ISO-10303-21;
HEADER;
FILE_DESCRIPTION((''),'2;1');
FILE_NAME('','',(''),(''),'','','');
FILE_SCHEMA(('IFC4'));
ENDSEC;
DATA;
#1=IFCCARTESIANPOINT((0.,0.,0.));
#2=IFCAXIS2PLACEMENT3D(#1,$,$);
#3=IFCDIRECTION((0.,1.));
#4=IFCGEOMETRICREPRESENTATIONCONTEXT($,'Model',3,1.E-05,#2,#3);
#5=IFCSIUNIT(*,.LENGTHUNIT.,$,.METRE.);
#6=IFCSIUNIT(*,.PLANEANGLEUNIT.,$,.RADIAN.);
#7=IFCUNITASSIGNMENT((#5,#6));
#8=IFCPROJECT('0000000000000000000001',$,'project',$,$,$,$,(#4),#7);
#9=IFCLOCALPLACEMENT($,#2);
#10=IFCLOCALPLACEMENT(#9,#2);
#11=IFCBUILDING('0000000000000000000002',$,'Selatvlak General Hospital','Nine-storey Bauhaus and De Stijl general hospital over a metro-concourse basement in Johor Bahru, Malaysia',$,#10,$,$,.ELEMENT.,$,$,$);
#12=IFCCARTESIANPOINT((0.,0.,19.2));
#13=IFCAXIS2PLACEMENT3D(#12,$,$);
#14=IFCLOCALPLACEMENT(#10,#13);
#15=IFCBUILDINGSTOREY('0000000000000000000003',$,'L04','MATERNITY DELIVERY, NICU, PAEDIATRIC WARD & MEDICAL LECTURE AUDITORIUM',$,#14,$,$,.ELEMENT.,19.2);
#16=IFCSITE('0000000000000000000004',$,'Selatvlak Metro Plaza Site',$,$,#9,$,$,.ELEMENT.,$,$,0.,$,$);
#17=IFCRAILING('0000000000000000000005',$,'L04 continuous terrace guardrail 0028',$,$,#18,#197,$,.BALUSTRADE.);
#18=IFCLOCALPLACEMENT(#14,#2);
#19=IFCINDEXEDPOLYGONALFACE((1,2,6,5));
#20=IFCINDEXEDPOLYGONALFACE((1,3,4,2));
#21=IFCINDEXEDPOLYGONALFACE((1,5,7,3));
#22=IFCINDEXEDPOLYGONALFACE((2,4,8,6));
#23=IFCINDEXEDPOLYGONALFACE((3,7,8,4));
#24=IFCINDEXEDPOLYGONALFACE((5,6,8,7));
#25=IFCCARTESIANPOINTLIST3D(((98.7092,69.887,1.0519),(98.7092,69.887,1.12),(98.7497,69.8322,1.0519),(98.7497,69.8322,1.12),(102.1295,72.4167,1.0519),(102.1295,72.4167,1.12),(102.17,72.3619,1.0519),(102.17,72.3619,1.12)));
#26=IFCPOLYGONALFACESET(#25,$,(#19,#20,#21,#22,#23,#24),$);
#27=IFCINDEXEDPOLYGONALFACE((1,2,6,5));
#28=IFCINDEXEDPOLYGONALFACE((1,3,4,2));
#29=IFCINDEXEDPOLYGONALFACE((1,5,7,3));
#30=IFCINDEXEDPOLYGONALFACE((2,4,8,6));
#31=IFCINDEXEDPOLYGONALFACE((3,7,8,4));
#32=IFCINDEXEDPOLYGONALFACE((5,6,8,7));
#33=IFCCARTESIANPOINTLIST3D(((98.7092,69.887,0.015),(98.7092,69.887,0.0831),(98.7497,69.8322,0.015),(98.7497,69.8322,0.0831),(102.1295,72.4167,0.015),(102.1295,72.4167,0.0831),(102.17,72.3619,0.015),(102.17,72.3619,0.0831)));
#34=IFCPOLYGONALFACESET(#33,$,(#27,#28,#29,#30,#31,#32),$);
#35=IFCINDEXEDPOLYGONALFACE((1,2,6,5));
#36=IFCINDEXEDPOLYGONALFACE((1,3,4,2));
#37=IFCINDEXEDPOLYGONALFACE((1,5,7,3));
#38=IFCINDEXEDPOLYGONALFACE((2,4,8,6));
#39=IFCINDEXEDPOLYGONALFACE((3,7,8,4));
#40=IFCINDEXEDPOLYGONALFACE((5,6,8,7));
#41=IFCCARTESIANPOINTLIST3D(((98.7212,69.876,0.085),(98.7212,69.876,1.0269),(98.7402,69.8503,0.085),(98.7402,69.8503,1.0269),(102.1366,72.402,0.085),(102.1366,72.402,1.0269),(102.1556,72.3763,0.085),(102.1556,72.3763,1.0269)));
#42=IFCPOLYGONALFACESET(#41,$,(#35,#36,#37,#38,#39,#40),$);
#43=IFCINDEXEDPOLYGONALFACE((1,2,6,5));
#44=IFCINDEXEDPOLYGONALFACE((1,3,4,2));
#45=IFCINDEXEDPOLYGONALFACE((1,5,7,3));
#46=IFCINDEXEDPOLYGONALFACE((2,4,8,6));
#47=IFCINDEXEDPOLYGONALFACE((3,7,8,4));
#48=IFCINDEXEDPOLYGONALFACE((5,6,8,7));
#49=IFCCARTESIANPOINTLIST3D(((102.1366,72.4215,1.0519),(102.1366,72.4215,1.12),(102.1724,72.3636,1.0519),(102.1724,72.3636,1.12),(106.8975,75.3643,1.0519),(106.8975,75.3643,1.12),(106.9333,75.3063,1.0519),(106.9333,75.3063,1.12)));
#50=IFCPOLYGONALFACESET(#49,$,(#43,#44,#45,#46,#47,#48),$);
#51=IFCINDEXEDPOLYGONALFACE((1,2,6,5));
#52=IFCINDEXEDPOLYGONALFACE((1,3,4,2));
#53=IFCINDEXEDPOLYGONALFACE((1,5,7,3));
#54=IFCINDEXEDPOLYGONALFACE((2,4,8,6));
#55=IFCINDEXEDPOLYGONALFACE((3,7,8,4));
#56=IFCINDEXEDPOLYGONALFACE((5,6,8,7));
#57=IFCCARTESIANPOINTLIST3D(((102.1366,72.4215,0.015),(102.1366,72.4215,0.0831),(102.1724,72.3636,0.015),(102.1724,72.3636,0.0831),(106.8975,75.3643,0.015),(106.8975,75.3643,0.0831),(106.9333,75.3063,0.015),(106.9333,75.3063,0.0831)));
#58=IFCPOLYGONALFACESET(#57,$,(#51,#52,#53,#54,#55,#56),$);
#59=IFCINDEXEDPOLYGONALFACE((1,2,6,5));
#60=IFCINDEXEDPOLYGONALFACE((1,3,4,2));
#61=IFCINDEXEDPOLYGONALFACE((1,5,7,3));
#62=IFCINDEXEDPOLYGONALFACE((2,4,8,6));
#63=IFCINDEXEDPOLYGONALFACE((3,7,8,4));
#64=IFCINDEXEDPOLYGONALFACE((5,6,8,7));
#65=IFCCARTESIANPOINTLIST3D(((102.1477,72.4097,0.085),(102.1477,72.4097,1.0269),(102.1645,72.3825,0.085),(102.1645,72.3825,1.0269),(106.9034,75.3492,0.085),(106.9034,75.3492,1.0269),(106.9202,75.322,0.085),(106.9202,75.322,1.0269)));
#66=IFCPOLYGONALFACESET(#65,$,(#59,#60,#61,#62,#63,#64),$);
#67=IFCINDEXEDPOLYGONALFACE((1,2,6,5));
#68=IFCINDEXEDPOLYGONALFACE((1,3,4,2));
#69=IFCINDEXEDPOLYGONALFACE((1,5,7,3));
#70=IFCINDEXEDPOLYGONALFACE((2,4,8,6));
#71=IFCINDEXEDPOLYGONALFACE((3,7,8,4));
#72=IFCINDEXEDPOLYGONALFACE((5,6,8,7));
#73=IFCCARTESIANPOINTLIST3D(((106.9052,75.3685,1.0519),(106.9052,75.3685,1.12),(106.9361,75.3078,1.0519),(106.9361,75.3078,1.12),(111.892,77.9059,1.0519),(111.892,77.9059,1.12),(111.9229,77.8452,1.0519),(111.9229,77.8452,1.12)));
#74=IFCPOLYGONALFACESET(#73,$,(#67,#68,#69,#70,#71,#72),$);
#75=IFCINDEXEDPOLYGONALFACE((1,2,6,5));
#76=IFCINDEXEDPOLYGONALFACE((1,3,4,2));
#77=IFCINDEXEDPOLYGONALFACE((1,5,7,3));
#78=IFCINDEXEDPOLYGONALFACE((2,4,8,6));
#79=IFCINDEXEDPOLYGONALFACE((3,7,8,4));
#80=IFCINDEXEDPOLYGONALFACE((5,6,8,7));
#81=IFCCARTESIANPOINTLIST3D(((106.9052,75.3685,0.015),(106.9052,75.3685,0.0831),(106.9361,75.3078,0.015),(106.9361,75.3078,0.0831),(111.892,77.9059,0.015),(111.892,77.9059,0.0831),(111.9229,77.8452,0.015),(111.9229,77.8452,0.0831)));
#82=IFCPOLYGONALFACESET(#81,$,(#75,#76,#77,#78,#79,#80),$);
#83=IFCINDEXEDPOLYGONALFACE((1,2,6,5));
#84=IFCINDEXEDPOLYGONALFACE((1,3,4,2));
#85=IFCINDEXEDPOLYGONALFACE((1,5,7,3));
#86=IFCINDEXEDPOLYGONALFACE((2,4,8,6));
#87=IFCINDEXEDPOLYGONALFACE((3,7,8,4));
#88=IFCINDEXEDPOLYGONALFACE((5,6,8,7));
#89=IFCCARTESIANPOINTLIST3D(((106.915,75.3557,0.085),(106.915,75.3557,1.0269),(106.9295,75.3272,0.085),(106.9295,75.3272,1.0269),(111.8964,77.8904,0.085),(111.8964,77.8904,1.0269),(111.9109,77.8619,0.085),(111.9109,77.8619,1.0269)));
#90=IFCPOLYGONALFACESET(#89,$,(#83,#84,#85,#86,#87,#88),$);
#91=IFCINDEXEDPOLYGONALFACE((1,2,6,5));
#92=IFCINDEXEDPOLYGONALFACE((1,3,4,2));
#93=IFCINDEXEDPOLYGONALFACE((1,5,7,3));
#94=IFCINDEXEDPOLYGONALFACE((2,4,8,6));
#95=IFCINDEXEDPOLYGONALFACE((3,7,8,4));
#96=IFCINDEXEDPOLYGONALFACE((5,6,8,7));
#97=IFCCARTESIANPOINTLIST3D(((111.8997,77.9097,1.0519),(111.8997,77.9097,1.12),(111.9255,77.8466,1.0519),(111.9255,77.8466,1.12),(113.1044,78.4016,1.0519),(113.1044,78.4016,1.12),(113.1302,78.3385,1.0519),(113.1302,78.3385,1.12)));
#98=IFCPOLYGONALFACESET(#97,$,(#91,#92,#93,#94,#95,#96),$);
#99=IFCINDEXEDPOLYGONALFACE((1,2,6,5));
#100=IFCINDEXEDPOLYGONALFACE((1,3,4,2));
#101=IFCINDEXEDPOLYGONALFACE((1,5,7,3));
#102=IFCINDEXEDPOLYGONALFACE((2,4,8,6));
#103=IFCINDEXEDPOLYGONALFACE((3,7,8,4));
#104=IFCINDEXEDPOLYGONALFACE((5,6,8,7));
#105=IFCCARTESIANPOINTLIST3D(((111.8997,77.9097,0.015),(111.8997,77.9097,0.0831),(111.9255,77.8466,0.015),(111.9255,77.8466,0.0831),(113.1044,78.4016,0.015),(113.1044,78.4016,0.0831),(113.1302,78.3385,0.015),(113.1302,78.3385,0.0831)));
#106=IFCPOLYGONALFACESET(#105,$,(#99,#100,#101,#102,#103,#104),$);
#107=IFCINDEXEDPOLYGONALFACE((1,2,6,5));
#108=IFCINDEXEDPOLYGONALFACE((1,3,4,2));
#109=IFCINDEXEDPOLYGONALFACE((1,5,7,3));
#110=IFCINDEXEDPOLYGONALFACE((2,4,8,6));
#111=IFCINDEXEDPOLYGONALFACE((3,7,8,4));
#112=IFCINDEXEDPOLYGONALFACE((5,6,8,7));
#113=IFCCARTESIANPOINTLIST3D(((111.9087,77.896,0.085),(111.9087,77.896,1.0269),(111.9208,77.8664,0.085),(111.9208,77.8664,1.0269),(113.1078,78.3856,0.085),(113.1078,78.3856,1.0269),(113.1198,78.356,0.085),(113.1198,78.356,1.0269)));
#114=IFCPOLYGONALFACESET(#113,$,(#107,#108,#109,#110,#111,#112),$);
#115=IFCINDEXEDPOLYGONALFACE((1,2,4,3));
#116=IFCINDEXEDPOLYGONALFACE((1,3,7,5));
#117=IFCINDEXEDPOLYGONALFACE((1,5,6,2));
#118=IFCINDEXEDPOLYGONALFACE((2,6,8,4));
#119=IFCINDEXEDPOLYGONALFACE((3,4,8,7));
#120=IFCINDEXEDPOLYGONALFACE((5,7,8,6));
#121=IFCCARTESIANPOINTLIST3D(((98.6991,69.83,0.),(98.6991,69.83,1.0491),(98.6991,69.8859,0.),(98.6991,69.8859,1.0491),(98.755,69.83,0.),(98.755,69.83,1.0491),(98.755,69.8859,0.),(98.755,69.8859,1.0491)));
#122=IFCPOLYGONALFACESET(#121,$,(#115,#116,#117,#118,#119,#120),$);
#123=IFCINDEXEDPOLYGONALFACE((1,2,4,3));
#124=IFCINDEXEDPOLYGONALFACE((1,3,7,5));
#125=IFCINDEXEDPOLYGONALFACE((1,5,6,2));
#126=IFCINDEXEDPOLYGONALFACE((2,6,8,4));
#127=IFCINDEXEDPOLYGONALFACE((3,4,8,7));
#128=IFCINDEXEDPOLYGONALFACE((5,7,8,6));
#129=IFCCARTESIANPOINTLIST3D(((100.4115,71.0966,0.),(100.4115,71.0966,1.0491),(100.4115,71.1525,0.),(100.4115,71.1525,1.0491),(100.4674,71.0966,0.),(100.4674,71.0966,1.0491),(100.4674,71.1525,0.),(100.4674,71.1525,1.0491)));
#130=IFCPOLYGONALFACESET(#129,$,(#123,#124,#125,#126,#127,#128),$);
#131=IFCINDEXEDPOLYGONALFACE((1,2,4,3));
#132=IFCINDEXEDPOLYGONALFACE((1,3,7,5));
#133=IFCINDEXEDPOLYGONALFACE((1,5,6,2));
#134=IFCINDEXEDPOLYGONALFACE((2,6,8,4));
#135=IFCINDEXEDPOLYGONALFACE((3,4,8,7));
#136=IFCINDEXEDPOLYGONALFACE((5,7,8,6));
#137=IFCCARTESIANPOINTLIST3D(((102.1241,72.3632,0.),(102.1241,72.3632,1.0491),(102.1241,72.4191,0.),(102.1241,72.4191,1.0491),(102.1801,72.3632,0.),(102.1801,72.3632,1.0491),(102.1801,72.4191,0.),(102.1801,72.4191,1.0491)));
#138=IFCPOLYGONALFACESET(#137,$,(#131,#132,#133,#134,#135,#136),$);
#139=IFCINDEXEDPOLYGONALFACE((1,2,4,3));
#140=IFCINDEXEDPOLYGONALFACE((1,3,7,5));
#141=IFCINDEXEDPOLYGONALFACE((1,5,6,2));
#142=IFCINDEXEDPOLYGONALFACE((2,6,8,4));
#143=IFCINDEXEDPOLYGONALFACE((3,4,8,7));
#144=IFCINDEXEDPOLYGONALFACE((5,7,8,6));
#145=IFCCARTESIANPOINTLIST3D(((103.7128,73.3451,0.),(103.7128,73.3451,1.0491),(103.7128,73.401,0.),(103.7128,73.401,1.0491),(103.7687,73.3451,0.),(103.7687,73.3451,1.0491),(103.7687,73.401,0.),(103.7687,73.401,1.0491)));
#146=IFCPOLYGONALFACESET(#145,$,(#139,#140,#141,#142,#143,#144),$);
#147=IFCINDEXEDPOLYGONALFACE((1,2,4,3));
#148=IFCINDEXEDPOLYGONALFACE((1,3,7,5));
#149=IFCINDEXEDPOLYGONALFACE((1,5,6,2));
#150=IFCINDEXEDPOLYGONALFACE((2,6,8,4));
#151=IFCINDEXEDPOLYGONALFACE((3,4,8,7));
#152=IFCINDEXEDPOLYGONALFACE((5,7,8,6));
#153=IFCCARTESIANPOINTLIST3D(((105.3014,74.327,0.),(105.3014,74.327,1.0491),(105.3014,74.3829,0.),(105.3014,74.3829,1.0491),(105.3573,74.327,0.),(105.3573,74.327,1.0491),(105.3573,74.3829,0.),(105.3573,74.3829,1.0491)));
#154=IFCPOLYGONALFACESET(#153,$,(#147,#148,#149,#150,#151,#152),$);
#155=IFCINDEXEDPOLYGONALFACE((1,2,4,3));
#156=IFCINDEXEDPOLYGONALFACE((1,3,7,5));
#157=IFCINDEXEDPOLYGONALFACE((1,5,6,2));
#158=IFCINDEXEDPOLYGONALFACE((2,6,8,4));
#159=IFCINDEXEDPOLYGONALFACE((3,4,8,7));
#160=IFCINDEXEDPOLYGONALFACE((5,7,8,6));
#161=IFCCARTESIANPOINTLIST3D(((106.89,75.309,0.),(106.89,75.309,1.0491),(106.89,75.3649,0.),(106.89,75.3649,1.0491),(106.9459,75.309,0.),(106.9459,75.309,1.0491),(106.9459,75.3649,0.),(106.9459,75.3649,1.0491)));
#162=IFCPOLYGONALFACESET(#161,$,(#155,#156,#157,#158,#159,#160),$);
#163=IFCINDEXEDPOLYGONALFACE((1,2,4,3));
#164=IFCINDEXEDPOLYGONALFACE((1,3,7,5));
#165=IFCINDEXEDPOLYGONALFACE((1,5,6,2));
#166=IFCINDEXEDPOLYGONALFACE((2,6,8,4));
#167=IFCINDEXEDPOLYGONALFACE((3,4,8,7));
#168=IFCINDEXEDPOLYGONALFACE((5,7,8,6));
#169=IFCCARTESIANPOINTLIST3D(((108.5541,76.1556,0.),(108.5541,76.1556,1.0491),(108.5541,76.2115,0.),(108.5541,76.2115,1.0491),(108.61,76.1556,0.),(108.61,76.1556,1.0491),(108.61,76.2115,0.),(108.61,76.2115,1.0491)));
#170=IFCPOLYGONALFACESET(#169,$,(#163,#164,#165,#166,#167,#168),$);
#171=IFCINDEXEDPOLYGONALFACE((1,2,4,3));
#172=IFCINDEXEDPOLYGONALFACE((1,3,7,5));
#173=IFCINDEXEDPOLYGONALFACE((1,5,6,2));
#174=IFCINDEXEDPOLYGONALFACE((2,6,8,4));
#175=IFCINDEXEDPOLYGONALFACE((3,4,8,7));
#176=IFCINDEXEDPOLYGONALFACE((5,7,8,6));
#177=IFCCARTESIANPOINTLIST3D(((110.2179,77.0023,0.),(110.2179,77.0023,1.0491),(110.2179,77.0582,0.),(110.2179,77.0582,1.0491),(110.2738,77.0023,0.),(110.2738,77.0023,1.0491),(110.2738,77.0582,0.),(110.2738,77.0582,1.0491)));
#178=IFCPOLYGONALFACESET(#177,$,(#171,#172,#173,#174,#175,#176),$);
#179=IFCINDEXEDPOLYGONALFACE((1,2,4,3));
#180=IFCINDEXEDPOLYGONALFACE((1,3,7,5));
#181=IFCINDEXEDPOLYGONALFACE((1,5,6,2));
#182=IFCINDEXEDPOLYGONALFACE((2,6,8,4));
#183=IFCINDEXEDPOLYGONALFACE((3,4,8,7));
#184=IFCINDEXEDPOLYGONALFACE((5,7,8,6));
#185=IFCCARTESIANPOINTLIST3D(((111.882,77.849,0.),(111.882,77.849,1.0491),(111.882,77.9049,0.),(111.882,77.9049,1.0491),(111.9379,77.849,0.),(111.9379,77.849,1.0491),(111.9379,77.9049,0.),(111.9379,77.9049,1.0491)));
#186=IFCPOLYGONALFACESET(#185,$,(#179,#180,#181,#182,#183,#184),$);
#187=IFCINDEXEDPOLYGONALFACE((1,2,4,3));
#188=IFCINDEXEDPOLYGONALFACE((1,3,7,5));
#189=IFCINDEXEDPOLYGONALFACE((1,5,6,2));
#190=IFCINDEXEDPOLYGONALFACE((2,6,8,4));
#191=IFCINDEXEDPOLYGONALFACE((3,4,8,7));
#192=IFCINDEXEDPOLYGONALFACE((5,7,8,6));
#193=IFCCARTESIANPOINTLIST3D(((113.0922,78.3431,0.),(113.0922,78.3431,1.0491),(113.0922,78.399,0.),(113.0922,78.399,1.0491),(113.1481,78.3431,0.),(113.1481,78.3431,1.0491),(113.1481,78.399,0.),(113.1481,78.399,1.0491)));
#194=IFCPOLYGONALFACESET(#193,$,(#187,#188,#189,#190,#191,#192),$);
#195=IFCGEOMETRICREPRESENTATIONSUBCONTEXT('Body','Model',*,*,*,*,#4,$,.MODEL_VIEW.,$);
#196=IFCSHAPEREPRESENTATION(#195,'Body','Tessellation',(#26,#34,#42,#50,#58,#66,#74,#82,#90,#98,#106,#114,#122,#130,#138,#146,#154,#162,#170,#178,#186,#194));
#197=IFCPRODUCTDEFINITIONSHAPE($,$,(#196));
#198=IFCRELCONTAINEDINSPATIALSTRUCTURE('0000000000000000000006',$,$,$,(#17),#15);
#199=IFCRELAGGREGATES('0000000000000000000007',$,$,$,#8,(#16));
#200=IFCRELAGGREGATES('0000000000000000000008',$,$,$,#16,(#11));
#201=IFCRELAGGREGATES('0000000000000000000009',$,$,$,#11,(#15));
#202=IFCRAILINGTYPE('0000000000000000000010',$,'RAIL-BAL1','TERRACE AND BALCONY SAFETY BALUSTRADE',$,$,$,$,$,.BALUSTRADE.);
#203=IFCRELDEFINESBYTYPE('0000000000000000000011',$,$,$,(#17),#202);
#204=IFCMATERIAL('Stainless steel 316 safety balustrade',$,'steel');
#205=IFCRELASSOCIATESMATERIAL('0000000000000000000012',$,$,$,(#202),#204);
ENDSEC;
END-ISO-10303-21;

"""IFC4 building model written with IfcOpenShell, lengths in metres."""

from ifc_helpers import new_model, si_unit, direction, frame, origin, origin_2d, place, context, subcontext, project, spatial, polyline, rectangle, outline, extrude, material, type_object, element, save


model = new_model("IFC4")

# Units and contexts
model_context = context("Model", 3, precision=1e-05, world=origin(), true_north=direction((0.0, 1.0)))
body_context = subcontext(model_context, "Body", "Model", "MODEL_VIEW")
ifc_project = project(units=[si_unit("LENGTHUNIT", "METRE"), si_unit("PLANEANGLEUNIT", "RADIAN")], contexts=[model_context])

# Site, building, storey
site_placement = place(None, origin())
site = spatial("IfcSite", under=ifc_project, at=site_placement, Name="Selatvlak Metro Plaza Site", CompositionType="ELEMENT", RefElevation=0.0)
building_placement = place(site_placement, origin())
building = spatial("IfcBuilding", under=site, at=building_placement, Name="Selatvlak General Hospital", Description="Nine-storey Bauhaus and De Stijl general hospital over a metro-concourse basement in Johor Bahru, Malaysia", CompositionType="ELEMENT")
storey_placement = place(building_placement, frame((0.0, 0.0, 19.2)))
storey = spatial("IfcBuildingStorey", under=building, at=storey_placement, Name="L04", Description="MATERNITY DELIVERY, NICU, PAEDIATRIC WARD & MEDICAL LECTURE AUDITORIUM", CompositionType="ELEMENT", Elevation=19.2)

# Railing
ifc_material_1 = material(Name="Stainless steel 316 safety balustrade", Category="steel")
railing_type = type_object("IfcRailingType", Name="RAIL-BAL1", Description="TERRACE AND BALCONY SAFETY BALUSTRADE", PredefinedType="BALUSTRADE", material=ifc_material_1)
railing_placement = place(storey_placement, frame((98.7271, 69.8579, 0.0)))
element("IfcRailing", 1, at=railing_placement, inside=storey, type_object=railing_type, Name="L04 continuous terrace guardrail 0028", PredefinedType="BALUSTRADE", context=body_context, shape_type="SweptSolid", body=[
    extrude(rectangle(XDim=0.0681, YDim=0.0681, at=origin_2d()), frame((0.0024, 0.0017, 1.0859), z_axis=(0.803991, 0.594641, 0.0), x_axis=(-0.594641, 0.803991, 0.0)), (0.0, 0.0, 1.0), 4.2542),
    extrude(rectangle(XDim=0.0681, YDim=0.0681, at=origin_2d()), frame((0.0024, 0.0017, 0.0491), z_axis=(0.803991, 0.594641, 0.0), x_axis=(-0.594641, 0.803991, 0.0)), (0.0, 0.0, 1.0), 4.2542),
    extrude(outline(polyline([(0.0, 0.0), (4.248, 0.0), (4.248, 0.9419), (0.0, 0.9419), (0.0, 0.0)])), frame((-0.0059, 0.0181, 0.085), z_axis=(0.594641, -0.803991, 0.0), x_axis=(0.803991, 0.594641, 0.0)), (0.0, 0.0, 1.0), 0.032),
    extrude(rectangle(XDim=0.0681, YDim=0.0681, at=origin_2d()), frame((3.4275, 2.5347, 1.0859), z_axis=(0.850624, 0.525774, 0.0), x_axis=(-0.525774, 0.850624, 0.0)), (0.0, 0.0, 1.0), 5.5969),
    extrude(rectangle(XDim=0.0681, YDim=0.0681, at=origin_2d()), frame((3.4275, 2.5347, 0.0491), z_axis=(0.850624, 0.525774, 0.0), x_axis=(-0.525774, 0.850624, 0.0)), (0.0, 0.0, 1.0), 5.5969),
    extrude(outline(polyline([(0.0, 0.0), (5.5908, 0.0), (5.5908, 0.9419), (0.0, 0.9419), (0.0, 0.0)])), frame((3.4207, 2.5518, 0.085), z_axis=(0.525774, -0.850624, 0.0), x_axis=(0.850624, 0.525774, 0.0)), (0.0, 0.0, 1.0), 0.032),
    extrude(rectangle(XDim=0.0681, YDim=0.0681, at=origin_2d()), frame((8.1936, 5.4802, 1.0859), z_axis=(0.891258, 0.453497, 0.0), x_axis=(-0.453497, 0.891258, 0.0)), (0.0, 0.0, 1.0), 5.5952),
    extrude(rectangle(XDim=0.0681, YDim=0.0681, at=origin_2d()), frame((8.1936, 5.4802, 0.0491), z_axis=(0.891258, 0.453497, 0.0), x_axis=(-0.453497, 0.891258, 0.0)), (0.0, 0.0, 1.0), 5.5952),
    extrude(outline(polyline([(0.0, 0.0), (5.5891, 0.0), (5.5891, 0.9419), (0.0, 0.9419), (0.0, 0.0)])), frame((8.188, 5.4978, 0.085), z_axis=(0.453497, -0.891258, 0.0), x_axis=(0.891258, 0.453497, 0.0)), (0.0, 0.0, 1.0), 0.032),
    extrude(rectangle(XDim=0.0681, YDim=0.0681, at=origin_2d()), frame((13.1855, 8.0203, 1.0859), z_axis=(0.9258, 0.378015, 0.0), x_axis=(-0.378015, 0.9258, 0.0)), (0.0, 0.0, 1.0), 1.3013),
    extrude(rectangle(XDim=0.0681, YDim=0.0681, at=origin_2d()), frame((13.1855, 8.0203, 0.0491), z_axis=(0.9258, 0.378015, 0.0), x_axis=(-0.378015, 0.9258, 0.0)), (0.0, 0.0, 1.0), 1.3013),
    extrude(outline(polyline([(0.0, 0.0), (1.2952, 0.0), (1.2952, 0.9419), (0.0, 0.9419), (0.0, 0.0)])), frame((13.1816, 8.0381, 0.085), z_axis=(0.378015, -0.9258, 0.0), x_axis=(0.9258, 0.378015, 0.0)), (0.0, 0.0, 1.0), 0.032),
    extrude(rectangle(XDim=0.0559, YDim=0.0559, at=origin_2d()), origin(), (0.0, 0.0, 1.0), 1.0491),
    extrude(rectangle(XDim=0.0559, YDim=0.0559, at=origin_2d()), frame((1.7124, 1.2666, 0.0)), (0.0, 0.0, 1.0), 1.0491),
    extrude(rectangle(XDim=0.0559, YDim=0.0559, at=origin_2d()), frame((3.425, 2.5332, 0.0)), (0.0, 0.0, 1.0), 1.0491),
    extrude(rectangle(XDim=0.0559, YDim=0.0559, at=origin_2d()), frame((5.0137, 3.5151, 0.0)), (0.0, 0.0, 1.0), 1.0491),
    extrude(rectangle(XDim=0.0559, YDim=0.0559, at=origin_2d()), frame((6.6023, 4.4971, 0.0)), (0.0, 0.0, 1.0), 1.0491),
    extrude(rectangle(XDim=0.0559, YDim=0.0559, at=origin_2d()), frame((8.1909, 5.479, 0.0)), (0.0, 0.0, 1.0), 1.0491),
    extrude(rectangle(XDim=0.0559, YDim=0.0559, at=origin_2d()), frame((9.855, 6.3257, 0.0)), (0.0, 0.0, 1.0), 1.0491),
    extrude(rectangle(XDim=0.0559, YDim=0.0559, at=origin_2d()), frame((11.5188, 7.1724, 0.0)), (0.0, 0.0, 1.0), 1.0491),
    extrude(rectangle(XDim=0.0559, YDim=0.0559, at=origin_2d()), frame((13.1829, 8.019, 0.0)), (0.0, 0.0, 1.0), 1.0491),
    extrude(rectangle(XDim=0.0559, YDim=0.0559, at=origin_2d()), frame((14.3931, 8.5132, 0.0)), (0.0, 0.0, 1.0), 1.0491),
])

save(model, "model.ifc")
